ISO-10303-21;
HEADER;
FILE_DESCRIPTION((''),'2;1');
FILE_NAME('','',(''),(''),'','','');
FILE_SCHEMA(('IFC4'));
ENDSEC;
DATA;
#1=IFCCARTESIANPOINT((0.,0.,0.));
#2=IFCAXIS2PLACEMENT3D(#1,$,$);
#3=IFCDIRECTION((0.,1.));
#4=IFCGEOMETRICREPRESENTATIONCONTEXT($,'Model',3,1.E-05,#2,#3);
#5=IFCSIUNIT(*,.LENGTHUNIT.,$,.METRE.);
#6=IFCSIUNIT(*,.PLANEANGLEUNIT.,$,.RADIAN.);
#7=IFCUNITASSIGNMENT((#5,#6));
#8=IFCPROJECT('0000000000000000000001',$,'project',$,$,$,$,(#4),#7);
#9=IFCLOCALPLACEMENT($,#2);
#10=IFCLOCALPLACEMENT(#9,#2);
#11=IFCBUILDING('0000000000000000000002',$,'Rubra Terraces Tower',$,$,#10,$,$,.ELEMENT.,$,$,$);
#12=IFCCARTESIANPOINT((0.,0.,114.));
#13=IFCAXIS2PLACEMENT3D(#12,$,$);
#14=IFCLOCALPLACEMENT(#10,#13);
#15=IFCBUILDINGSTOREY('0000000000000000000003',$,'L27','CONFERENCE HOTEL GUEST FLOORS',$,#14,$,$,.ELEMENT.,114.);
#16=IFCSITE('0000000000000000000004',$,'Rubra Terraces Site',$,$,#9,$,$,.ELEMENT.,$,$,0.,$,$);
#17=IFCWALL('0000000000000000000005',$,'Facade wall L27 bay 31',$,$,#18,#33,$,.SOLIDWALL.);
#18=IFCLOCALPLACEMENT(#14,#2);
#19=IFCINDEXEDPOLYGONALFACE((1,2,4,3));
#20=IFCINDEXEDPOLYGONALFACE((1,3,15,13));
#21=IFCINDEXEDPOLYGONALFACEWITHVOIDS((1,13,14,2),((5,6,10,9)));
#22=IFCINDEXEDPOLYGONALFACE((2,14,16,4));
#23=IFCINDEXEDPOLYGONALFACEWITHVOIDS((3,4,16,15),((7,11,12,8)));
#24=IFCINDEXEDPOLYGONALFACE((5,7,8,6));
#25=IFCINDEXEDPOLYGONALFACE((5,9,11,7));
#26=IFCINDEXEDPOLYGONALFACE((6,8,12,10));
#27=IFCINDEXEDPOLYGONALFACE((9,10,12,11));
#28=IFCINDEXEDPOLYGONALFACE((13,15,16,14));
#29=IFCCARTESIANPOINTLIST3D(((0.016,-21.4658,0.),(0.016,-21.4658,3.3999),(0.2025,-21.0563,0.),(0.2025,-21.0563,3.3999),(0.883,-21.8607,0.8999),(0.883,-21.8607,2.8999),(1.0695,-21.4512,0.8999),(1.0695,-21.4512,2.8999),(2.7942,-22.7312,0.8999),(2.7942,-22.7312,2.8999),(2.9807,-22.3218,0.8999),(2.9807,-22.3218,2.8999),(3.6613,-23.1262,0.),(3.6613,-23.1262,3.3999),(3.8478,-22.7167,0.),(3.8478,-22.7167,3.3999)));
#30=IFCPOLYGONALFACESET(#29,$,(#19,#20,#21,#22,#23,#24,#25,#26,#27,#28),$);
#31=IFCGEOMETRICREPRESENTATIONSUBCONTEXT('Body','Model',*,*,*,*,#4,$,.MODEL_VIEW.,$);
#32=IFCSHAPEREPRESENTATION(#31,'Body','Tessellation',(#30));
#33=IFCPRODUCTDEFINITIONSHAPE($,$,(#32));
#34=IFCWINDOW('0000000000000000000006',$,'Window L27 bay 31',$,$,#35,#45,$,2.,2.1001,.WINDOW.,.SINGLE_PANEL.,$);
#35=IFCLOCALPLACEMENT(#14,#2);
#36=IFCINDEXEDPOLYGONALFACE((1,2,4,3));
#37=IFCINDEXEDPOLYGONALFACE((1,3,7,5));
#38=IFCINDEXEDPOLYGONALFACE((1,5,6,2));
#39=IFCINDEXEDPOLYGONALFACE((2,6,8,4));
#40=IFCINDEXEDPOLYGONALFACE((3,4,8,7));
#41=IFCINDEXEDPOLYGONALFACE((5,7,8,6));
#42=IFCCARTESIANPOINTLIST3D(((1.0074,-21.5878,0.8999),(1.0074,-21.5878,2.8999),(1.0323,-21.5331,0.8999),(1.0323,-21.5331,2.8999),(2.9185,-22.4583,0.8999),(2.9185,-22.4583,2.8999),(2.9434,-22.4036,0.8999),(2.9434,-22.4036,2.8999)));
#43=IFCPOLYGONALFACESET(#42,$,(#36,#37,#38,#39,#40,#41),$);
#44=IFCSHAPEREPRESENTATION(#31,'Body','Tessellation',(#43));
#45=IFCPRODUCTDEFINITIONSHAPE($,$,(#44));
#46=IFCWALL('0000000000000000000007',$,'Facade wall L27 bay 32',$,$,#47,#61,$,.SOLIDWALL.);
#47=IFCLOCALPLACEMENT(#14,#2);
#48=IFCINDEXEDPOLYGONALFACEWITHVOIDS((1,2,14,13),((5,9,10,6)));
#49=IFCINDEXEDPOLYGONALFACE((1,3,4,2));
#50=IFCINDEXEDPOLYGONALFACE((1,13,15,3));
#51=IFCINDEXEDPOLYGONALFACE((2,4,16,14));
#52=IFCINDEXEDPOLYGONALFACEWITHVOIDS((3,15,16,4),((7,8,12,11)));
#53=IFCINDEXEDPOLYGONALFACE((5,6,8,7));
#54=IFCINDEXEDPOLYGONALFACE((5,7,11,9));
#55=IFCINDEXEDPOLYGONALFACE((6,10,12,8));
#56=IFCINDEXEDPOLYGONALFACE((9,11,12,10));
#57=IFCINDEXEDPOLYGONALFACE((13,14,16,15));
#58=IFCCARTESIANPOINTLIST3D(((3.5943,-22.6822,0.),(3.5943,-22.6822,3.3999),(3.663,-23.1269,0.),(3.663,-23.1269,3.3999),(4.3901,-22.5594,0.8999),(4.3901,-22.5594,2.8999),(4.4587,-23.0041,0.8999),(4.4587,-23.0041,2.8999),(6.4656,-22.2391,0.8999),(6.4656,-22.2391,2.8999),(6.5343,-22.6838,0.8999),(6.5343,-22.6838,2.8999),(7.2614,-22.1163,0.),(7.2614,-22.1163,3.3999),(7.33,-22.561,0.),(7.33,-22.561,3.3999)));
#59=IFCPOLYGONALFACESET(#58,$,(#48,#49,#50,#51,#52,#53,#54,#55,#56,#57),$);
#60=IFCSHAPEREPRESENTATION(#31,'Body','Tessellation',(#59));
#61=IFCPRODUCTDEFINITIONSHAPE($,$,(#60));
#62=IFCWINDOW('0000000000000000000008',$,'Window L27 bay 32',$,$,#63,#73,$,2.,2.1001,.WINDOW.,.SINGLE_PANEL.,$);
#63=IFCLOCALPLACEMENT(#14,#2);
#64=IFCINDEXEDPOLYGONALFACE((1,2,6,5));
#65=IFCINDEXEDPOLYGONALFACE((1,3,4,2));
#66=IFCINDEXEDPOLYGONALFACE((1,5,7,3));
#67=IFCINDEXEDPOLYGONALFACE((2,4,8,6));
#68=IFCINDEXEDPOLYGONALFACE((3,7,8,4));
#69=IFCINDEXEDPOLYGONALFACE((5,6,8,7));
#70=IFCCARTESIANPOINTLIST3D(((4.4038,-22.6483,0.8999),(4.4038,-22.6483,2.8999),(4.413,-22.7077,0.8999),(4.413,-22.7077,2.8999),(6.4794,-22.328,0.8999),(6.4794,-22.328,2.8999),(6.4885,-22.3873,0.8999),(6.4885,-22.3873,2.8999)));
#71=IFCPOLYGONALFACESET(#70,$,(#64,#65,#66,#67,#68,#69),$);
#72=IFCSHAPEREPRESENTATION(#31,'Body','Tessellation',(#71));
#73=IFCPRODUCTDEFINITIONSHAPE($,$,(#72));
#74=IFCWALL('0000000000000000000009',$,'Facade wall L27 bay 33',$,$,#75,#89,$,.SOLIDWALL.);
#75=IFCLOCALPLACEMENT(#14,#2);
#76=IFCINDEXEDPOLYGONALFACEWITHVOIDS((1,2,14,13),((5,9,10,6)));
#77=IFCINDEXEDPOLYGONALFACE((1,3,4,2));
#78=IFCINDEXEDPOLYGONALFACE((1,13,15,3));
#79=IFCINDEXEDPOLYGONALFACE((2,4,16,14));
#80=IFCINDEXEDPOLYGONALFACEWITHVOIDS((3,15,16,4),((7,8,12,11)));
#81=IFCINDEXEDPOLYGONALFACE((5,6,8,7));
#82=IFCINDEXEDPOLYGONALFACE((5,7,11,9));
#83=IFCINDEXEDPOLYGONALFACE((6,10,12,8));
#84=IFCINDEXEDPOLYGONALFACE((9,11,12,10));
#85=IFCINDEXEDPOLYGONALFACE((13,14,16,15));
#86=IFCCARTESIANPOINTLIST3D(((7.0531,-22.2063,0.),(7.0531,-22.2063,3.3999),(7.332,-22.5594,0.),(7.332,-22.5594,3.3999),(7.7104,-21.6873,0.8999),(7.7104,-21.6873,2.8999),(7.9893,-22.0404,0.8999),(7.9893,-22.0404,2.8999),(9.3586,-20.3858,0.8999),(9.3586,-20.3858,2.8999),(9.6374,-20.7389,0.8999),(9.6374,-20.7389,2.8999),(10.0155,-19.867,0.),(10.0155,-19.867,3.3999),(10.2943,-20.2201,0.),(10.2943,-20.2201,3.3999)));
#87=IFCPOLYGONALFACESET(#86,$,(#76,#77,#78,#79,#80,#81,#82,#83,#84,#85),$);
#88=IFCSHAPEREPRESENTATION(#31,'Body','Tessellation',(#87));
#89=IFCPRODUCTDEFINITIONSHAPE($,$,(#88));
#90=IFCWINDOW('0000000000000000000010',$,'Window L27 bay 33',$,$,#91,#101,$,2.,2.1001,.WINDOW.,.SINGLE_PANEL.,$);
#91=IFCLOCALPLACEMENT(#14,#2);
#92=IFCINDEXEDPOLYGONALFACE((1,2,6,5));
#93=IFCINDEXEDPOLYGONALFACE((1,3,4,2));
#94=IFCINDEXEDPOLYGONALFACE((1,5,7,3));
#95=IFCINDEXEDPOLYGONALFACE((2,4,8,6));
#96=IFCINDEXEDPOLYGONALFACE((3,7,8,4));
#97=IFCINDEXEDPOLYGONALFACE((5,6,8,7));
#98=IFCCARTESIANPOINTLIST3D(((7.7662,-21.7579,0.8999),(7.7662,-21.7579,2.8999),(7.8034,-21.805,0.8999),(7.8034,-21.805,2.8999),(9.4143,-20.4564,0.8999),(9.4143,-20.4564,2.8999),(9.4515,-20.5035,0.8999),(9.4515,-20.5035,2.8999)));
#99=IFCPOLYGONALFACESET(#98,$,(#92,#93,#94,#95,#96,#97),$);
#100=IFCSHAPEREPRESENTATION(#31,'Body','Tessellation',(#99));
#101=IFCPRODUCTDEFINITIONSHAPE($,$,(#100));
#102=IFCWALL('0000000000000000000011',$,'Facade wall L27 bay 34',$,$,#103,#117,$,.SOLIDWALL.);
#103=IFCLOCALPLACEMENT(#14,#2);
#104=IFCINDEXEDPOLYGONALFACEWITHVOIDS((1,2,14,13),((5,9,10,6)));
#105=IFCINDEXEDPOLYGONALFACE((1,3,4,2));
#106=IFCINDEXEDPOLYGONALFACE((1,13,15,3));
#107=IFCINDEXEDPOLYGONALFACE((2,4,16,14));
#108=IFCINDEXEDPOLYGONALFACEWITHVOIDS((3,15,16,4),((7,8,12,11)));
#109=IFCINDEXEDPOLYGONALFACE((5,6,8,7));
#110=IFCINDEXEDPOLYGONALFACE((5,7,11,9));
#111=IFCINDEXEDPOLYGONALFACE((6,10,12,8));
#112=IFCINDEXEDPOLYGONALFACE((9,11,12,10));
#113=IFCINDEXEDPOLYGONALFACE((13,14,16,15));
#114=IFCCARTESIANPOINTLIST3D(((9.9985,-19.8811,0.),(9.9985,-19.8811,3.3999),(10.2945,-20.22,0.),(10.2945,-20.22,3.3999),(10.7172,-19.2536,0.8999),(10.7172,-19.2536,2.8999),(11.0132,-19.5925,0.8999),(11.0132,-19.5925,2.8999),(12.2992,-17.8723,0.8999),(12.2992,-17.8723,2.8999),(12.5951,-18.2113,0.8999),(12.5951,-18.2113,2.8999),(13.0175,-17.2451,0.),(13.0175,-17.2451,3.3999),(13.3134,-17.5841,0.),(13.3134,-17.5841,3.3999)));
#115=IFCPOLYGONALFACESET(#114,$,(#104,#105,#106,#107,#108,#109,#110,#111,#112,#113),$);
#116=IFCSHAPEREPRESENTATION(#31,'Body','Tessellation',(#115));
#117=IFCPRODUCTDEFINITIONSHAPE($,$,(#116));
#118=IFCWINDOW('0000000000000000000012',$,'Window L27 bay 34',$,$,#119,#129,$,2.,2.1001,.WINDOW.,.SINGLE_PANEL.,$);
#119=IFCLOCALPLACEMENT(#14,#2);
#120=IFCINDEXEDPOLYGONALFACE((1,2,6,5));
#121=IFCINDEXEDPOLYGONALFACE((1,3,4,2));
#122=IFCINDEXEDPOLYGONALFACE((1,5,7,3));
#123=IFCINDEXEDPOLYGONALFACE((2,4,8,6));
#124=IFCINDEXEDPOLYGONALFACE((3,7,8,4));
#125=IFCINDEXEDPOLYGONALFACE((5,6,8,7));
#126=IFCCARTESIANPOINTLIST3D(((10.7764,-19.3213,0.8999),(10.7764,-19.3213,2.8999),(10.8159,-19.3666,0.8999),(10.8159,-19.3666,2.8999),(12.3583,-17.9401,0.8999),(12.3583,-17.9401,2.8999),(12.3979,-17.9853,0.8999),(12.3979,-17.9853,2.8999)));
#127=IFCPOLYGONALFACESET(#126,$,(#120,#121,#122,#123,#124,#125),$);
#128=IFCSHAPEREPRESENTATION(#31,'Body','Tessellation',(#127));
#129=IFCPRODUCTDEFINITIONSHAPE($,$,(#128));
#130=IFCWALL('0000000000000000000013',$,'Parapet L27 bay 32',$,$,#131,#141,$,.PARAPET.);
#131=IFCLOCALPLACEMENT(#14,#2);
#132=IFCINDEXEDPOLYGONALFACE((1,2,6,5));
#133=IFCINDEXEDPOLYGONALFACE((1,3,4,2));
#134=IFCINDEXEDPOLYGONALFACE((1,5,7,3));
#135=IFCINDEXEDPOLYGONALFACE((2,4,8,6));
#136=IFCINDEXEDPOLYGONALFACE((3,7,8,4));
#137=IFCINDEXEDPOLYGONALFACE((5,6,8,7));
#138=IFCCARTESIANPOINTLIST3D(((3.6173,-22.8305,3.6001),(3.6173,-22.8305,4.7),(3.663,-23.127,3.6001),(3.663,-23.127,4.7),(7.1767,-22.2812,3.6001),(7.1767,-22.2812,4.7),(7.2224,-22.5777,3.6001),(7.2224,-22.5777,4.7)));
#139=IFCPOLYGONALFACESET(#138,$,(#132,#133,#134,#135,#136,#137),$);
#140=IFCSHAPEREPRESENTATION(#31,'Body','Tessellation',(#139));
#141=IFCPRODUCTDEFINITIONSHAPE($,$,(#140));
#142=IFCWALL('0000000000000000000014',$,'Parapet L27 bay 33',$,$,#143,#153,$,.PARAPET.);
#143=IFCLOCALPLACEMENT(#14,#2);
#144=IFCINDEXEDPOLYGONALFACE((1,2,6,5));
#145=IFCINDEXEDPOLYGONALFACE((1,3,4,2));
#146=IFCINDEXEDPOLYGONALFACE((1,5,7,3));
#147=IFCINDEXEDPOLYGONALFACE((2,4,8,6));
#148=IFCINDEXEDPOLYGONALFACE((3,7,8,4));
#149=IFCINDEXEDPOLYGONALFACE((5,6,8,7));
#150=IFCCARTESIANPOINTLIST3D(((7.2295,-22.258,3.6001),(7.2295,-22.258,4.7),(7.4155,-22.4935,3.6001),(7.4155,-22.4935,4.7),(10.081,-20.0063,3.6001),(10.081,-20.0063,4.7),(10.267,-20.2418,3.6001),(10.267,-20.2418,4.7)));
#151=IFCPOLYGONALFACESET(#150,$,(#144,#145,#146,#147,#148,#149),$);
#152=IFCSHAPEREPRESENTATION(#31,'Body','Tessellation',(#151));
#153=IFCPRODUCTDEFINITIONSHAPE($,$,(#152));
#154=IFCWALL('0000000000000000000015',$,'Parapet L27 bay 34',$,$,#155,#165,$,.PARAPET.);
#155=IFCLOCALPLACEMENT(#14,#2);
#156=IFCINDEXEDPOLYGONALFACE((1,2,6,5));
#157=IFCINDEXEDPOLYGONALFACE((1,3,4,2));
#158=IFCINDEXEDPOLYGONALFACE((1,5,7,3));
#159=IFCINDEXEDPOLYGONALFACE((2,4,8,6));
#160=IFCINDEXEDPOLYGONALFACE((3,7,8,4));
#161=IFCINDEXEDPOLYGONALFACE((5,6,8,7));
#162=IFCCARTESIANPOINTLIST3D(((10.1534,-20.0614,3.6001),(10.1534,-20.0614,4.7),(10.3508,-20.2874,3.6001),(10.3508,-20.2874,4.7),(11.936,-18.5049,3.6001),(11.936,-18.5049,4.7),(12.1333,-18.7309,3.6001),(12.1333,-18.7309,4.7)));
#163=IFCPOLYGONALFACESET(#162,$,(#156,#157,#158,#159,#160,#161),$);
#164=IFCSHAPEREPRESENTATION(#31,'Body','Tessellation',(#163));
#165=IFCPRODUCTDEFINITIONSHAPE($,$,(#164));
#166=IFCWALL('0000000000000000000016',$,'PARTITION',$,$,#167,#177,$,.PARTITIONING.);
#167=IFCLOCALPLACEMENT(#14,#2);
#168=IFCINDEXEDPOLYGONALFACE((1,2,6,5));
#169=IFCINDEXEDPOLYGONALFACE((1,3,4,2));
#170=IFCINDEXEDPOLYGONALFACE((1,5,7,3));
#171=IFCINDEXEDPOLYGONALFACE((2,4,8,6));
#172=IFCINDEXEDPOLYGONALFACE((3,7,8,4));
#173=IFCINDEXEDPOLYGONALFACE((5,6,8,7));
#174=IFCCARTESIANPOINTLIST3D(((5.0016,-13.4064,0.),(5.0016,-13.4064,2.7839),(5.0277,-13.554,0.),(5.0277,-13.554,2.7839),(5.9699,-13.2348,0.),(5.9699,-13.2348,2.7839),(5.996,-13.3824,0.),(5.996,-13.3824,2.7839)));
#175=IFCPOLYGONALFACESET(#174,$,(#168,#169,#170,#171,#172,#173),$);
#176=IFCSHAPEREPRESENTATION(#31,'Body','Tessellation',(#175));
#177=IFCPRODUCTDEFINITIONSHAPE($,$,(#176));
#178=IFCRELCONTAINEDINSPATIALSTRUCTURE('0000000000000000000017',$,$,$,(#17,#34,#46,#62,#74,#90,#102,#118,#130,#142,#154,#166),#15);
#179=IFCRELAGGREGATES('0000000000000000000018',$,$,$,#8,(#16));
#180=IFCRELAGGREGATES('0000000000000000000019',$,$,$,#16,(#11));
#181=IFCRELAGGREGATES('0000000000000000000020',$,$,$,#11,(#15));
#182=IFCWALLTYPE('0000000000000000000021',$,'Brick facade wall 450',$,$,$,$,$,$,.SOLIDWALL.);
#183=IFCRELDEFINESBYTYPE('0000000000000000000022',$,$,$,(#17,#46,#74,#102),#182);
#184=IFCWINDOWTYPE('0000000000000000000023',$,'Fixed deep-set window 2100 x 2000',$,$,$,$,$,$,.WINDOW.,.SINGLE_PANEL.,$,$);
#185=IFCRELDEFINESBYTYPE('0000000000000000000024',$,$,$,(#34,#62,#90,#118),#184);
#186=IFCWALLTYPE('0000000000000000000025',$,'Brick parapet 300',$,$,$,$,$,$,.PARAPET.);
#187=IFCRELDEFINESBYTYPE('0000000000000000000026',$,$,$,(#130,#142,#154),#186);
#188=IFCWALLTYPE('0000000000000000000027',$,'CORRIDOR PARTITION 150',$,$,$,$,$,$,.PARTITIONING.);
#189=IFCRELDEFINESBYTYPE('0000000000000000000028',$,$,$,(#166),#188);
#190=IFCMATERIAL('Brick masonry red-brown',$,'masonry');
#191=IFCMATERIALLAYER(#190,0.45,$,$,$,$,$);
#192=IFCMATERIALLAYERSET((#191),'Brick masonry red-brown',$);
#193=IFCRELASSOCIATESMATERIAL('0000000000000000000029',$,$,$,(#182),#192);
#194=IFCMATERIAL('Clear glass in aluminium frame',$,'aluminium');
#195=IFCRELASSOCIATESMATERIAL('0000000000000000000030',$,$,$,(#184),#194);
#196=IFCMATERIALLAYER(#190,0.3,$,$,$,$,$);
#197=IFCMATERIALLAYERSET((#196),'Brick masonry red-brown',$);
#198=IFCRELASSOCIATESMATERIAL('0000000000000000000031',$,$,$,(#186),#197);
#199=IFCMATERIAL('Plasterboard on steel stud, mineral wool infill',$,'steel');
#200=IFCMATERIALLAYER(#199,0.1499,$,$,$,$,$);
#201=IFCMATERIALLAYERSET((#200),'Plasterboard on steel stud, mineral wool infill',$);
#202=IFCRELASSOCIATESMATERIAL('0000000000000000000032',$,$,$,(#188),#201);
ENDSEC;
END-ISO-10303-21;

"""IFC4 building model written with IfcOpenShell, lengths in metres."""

from ifc_helpers import new_model, si_unit, direction, frame, frame_2d, origin, place, context, subcontext, project, spatial, rectangle, extrude, material, layer, layer_set, type_object, element, fill, save


model = new_model("IFC4")

# Units and contexts
model_context = context("Model", 3, precision=1e-05, world=origin(), true_north=direction((0.0, 1.0)))
body_context = subcontext(model_context, "Body", "Model", "MODEL_VIEW")
ifc_project = project(units=[si_unit("LENGTHUNIT", "METRE"), si_unit("PLANEANGLEUNIT", "RADIAN")], contexts=[model_context])

# Site, building, storey
site_placement = place(None, origin())
site = spatial("IfcSite", under=ifc_project, at=site_placement, Name="Rubra Terraces Site", CompositionType="ELEMENT", RefElevation=0.0)
building_placement = place(site_placement, origin())
building = spatial("IfcBuilding", under=site, at=building_placement, Name="Rubra Terraces Tower", CompositionType="ELEMENT")
storey_placement = place(building_placement, frame((0.0, 0.0, 114.0)))
storey = spatial("IfcBuildingStorey", under=building, at=storey_placement, Name="L27", Description="CONFERENCE HOTEL GUEST FLOORS", CompositionType="ELEMENT", Elevation=114.0)

# Walls, openings, windows
ifc_material_1 = material(Name="Brick masonry red-brown", Category="masonry")
ifc_layer_1 = layer(ifc_material_1, 0.45)
ifc_layer_set_1 = layer_set([ifc_layer_1], Name="Brick masonry red-brown")
wall_type_1 = type_object("IfcWallType", Name="Brick facade wall 450", PredefinedType="SOLIDWALL", material=ifc_layer_set_1)
wall_1_placement = place(storey_placement, frame((0.1091, -21.261, 0.0), z_axis=(0.0, 0.0, 1.0), x_axis=(0.910041, -0.414519, 0.0)))
wall_1 = element("IfcWall", 1, at=wall_1_placement, inside=storey, type_object=wall_type_1, Name="Facade wall L27 bay 31", PredefinedType="SOLIDWALL", context=body_context, shape_type="SweptSolid", body=[
    extrude(rectangle(XDim=4.0056, YDim=0.45, at=frame_2d((2.0029, 0.0))), origin(), (0.0, 0.0, 1.0), 3.3999),
])
opening_1_placement = place(wall_1_placement, frame((0.9529, 0.0, 0.8999)))
opening_1 = element("IfcOpeningElement", 2, at=opening_1_placement, cuts=wall_1, PredefinedType="OPENING", context=body_context, shape_type="SweptSolid", body=[
    extrude(rectangle(XDim=2.1001, YDim=2.0, at=frame_2d((1.05, 1.0))), frame((0.0, 0.2349, 0.0), z_axis=(0.0, -1.0, 0.0), x_axis=(1.0, 0.0, 0.0)), (0.0, 0.0, 1.0), 0.47),
])
ifc_material_2 = material(Name="Clear glass in aluminium frame", Category="aluminium")
window_type = type_object("IfcWindowType", Name="Fixed deep-set window 2100 x 2000", PartitioningType="SINGLE_PANEL", PredefinedType="WINDOW", material=ifc_material_2)
window_1_placement = place(opening_1_placement, origin())
window_1 = element("IfcWindow", 3, at=window_1_placement, inside=storey, type_object=window_type, Name="Window L27 bay 31", OverallHeight=2.0, OverallWidth=2.1001, PartitioningType="SINGLE_PANEL", PredefinedType="WINDOW", context=body_context, shape_type="SweptSolid", body=[
    extrude(rectangle(XDim=2.1001, YDim=2.0, at=frame_2d((1.05, 1.0))), frame((0.0, 0.135, 0.0), z_axis=(0.0, -1.0, 0.0), x_axis=(1.0, 0.0, 0.0)), (0.0, 0.0, 1.0), 0.0601),
])
fill(opening_1, window_1)
wall_2_placement = place(storey_placement, frame((3.6287, -22.9045, 0.0), z_axis=(0.0, 0.0, 1.0), x_axis=(0.9883, 0.152522, 0.0)))
wall_2 = element("IfcWall", 4, at=wall_2_placement, inside=storey, type_object=wall_type_1, Name="Facade wall L27 bay 32", PredefinedType="SOLIDWALL", context=body_context, shape_type="SweptSolid", body=[
    extrude(rectangle(XDim=3.7104, YDim=0.45, at=frame_2d((1.8552, 0.0))), origin(), (0.0, 0.0, 1.0), 3.3999),
])
opening_2_placement = place(wall_2_placement, frame((0.8052, 0.0, 0.8999)))
opening_2 = element("IfcOpeningElement", 5, at=opening_2_placement, cuts=wall_2, PredefinedType="OPENING", context=body_context, shape_type="SweptSolid", body=[
    extrude(rectangle(XDim=2.1001, YDim=2.0, at=frame_2d((1.05, 1.0))), frame((0.0, 0.2349, 0.0), z_axis=(0.0, -1.0, 0.0), x_axis=(1.0, 0.0, 0.0)), (0.0, 0.0, 1.0), 0.47),
])
window_2_placement = place(opening_2_placement, origin())
window_2 = element("IfcWindow", 6, at=window_2_placement, inside=storey, type_object=window_type, Name="Window L27 bay 32", OverallHeight=2.0, OverallWidth=2.1001, PartitioningType="SINGLE_PANEL", PredefinedType="WINDOW", context=body_context, shape_type="SweptSolid", body=[
    extrude(rectangle(XDim=2.1001, YDim=2.0, at=frame_2d((1.05, 1.0))), frame((0.0, 0.135, 0.0), z_axis=(0.0, -1.0, 0.0), x_axis=(1.0, 0.0, 0.0)), (0.0, 0.0, 1.0), 0.0601),
])
fill(opening_2, window_2)
wall_3_placement = place(storey_placement, frame((7.1926, -22.3828, 0.0), z_axis=(0.0, 0.0, 1.0), x_axis=(0.784803, 0.619745, 0.0)))
wall_3 = element("IfcWall", 7, at=wall_3_placement, inside=storey, type_object=wall_type_1, Name="Facade wall L27 bay 33", PredefinedType="SOLIDWALL", context=body_context, shape_type="SweptSolid", body=[
    extrude(rectangle(XDim=3.7747, YDim=0.45, at=frame_2d((1.8872, 0.0))), origin(), (0.0, 0.0, 1.0), 3.3999),
])
opening_3_placement = place(wall_3_placement, frame((0.8374, 0.0, 0.8999)))
opening_3 = element("IfcOpeningElement", 8, at=opening_3_placement, cuts=wall_3, PredefinedType="OPENING", context=body_context, shape_type="SweptSolid", body=[
    extrude(rectangle(XDim=2.1001, YDim=2.0, at=frame_2d((1.05, 1.0))), frame((0.0, 0.2349, 0.0), z_axis=(0.0, -1.0, 0.0), x_axis=(1.0, 0.0, 0.0)), (0.0, 0.0, 1.0), 0.47),
])
window_3_placement = place(opening_3_placement, origin())
window_3 = element("IfcWindow", 9, at=window_3_placement, inside=storey, type_object=window_type, Name="Window L27 bay 33", OverallHeight=2.0, OverallWidth=2.1001, PartitioningType="SINGLE_PANEL", PredefinedType="WINDOW", context=body_context, shape_type="SweptSolid", body=[
    extrude(rectangle(XDim=2.1001, YDim=2.0, at=frame_2d((1.05, 1.0))), frame((0.0, 0.135, 0.0), z_axis=(0.0, -1.0, 0.0), x_axis=(1.0, 0.0, 0.0)), (0.0, 0.0, 1.0), 0.0601),
])
fill(opening_3, window_3)
wall_4_placement = place(storey_placement, frame((10.1465, -20.0505, 0.0), z_axis=(0.0, 0.0, 1.0), x_axis=(0.753278, 0.657702, 0.0)))
wall_4 = element("IfcWall", 10, at=wall_4_placement, inside=storey, type_object=wall_type_1, Name="Facade wall L27 bay 34", PredefinedType="SOLIDWALL", context=body_context, shape_type="SweptSolid", body=[
    extrude(rectangle(XDim=4.0078, YDim=0.45, at=frame_2d((2.0039, 0.0))), origin(), (0.0, 0.0, 1.0), 3.3999),
])
opening_4_placement = place(wall_4_placement, frame((0.9541, 0.0, 0.8999)))
opening_4 = element("IfcOpeningElement", 11, at=opening_4_placement, cuts=wall_4, PredefinedType="OPENING", context=body_context, shape_type="SweptSolid", body=[
    extrude(rectangle(XDim=2.1001, YDim=2.0, at=frame_2d((1.05, 1.0))), frame((0.0, 0.2349, 0.0), z_axis=(0.0, -1.0, 0.0), x_axis=(1.0, 0.0, 0.0)), (0.0, 0.0, 1.0), 0.47),
])
window_4_placement = place(opening_4_placement, origin())
window_4 = element("IfcWindow", 12, at=window_4_placement, inside=storey, type_object=window_type, Name="Window L27 bay 34", OverallHeight=2.0, OverallWidth=2.1001, PartitioningType="SINGLE_PANEL", PredefinedType="WINDOW", context=body_context, shape_type="SweptSolid", body=[
    extrude(rectangle(XDim=2.1001, YDim=2.0, at=frame_2d((1.05, 1.0))), frame((0.0, 0.135, 0.0), z_axis=(0.0, -1.0, 0.0), x_axis=(1.0, 0.0, 0.0)), (0.0, 0.0, 1.0), 0.0601),
])
fill(opening_4, window_4)

# Walls
ifc_layer_2 = layer(ifc_material_1, 0.3)
ifc_layer_set_2 = layer_set([ifc_layer_2], Name="Brick masonry red-brown")
wall_type_2 = type_object("IfcWallType", Name="Brick parapet 300", PredefinedType="PARAPET", material=ifc_layer_set_2)
wall_5_placement = place(storey_placement, frame((3.6401, -22.9788, 3.6001), z_axis=(0.0, 0.0, 1.0), x_axis=(0.988299, 0.152526, 0.0)))
element("IfcWall", 13, at=wall_5_placement, inside=storey, type_object=wall_type_2, Name="Parapet L27 bay 32", PredefinedType="PARAPET", context=body_context, shape_type="SweptSolid", body=[
    extrude(rectangle(XDim=3.6016, YDim=0.3, at=frame_2d((1.8008, 0.0))), origin(), (0.0, 0.0, 1.0), 1.0999),
])
wall_6_placement = place(storey_placement, frame((7.3225, -22.3757, 3.6001), z_axis=(0.0, 0.0, 1.0), x_axis=(0.784819, 0.619725, 0.0)))
element("IfcWall", 14, at=wall_6_placement, inside=storey, type_object=wall_type_2, Name="Parapet L27 bay 33", PredefinedType="PARAPET", context=body_context, shape_type="SweptSolid", body=[
    extrude(rectangle(XDim=3.6333, YDim=0.3, at=frame_2d((1.8167, 0.0))), origin(), (0.0, 0.0, 1.0), 1.0999),
])
wall_7_placement = place(storey_placement, frame((10.2522, -20.1743, 3.6001), z_axis=(0.0, 0.0, 1.0), x_axis=(0.75326, 0.657723, 0.0)))
element("IfcWall", 15, at=wall_7_placement, inside=storey, type_object=wall_type_2, Name="Parapet L27 bay 34", PredefinedType="PARAPET", context=body_context, shape_type="SweptSolid", body=[
    extrude(rectangle(XDim=2.3665, YDim=0.3, at=frame_2d((1.1831, 0.0))), origin(), (0.0, 0.0, 1.0), 1.0999),
])
ifc_material_3 = material(Name="Plasterboard on steel stud, mineral wool infill", Category="steel")
ifc_layer_3 = layer(ifc_material_3, 0.1499)
ifc_layer_set_3 = layer_set([ifc_layer_3], Name="Plasterboard on steel stud, mineral wool infill")
wall_type_3 = type_object("IfcWallType", Name="CORRIDOR PARTITION 150", PredefinedType="PARTITIONING", material=ifc_layer_set_3)
wall_8_placement = place(storey_placement, frame((5.0146, -13.4802, 0.0), z_axis=(0.0, 0.0, 1.0), x_axis=(0.984651, 0.174536, 0.0)))
element("IfcWall", 16, at=wall_8_placement, inside=storey, type_object=wall_type_3, Name="PARTITION", PredefinedType="PARTITIONING", context=body_context, shape_type="SweptSolid", body=[
    extrude(rectangle(XDim=0.9834, YDim=0.1499, at=frame_2d((0.4917, 0.0))), origin(), (0.0, 0.0, 1.0), 2.7839),
])

save(model, "model.ifc")
